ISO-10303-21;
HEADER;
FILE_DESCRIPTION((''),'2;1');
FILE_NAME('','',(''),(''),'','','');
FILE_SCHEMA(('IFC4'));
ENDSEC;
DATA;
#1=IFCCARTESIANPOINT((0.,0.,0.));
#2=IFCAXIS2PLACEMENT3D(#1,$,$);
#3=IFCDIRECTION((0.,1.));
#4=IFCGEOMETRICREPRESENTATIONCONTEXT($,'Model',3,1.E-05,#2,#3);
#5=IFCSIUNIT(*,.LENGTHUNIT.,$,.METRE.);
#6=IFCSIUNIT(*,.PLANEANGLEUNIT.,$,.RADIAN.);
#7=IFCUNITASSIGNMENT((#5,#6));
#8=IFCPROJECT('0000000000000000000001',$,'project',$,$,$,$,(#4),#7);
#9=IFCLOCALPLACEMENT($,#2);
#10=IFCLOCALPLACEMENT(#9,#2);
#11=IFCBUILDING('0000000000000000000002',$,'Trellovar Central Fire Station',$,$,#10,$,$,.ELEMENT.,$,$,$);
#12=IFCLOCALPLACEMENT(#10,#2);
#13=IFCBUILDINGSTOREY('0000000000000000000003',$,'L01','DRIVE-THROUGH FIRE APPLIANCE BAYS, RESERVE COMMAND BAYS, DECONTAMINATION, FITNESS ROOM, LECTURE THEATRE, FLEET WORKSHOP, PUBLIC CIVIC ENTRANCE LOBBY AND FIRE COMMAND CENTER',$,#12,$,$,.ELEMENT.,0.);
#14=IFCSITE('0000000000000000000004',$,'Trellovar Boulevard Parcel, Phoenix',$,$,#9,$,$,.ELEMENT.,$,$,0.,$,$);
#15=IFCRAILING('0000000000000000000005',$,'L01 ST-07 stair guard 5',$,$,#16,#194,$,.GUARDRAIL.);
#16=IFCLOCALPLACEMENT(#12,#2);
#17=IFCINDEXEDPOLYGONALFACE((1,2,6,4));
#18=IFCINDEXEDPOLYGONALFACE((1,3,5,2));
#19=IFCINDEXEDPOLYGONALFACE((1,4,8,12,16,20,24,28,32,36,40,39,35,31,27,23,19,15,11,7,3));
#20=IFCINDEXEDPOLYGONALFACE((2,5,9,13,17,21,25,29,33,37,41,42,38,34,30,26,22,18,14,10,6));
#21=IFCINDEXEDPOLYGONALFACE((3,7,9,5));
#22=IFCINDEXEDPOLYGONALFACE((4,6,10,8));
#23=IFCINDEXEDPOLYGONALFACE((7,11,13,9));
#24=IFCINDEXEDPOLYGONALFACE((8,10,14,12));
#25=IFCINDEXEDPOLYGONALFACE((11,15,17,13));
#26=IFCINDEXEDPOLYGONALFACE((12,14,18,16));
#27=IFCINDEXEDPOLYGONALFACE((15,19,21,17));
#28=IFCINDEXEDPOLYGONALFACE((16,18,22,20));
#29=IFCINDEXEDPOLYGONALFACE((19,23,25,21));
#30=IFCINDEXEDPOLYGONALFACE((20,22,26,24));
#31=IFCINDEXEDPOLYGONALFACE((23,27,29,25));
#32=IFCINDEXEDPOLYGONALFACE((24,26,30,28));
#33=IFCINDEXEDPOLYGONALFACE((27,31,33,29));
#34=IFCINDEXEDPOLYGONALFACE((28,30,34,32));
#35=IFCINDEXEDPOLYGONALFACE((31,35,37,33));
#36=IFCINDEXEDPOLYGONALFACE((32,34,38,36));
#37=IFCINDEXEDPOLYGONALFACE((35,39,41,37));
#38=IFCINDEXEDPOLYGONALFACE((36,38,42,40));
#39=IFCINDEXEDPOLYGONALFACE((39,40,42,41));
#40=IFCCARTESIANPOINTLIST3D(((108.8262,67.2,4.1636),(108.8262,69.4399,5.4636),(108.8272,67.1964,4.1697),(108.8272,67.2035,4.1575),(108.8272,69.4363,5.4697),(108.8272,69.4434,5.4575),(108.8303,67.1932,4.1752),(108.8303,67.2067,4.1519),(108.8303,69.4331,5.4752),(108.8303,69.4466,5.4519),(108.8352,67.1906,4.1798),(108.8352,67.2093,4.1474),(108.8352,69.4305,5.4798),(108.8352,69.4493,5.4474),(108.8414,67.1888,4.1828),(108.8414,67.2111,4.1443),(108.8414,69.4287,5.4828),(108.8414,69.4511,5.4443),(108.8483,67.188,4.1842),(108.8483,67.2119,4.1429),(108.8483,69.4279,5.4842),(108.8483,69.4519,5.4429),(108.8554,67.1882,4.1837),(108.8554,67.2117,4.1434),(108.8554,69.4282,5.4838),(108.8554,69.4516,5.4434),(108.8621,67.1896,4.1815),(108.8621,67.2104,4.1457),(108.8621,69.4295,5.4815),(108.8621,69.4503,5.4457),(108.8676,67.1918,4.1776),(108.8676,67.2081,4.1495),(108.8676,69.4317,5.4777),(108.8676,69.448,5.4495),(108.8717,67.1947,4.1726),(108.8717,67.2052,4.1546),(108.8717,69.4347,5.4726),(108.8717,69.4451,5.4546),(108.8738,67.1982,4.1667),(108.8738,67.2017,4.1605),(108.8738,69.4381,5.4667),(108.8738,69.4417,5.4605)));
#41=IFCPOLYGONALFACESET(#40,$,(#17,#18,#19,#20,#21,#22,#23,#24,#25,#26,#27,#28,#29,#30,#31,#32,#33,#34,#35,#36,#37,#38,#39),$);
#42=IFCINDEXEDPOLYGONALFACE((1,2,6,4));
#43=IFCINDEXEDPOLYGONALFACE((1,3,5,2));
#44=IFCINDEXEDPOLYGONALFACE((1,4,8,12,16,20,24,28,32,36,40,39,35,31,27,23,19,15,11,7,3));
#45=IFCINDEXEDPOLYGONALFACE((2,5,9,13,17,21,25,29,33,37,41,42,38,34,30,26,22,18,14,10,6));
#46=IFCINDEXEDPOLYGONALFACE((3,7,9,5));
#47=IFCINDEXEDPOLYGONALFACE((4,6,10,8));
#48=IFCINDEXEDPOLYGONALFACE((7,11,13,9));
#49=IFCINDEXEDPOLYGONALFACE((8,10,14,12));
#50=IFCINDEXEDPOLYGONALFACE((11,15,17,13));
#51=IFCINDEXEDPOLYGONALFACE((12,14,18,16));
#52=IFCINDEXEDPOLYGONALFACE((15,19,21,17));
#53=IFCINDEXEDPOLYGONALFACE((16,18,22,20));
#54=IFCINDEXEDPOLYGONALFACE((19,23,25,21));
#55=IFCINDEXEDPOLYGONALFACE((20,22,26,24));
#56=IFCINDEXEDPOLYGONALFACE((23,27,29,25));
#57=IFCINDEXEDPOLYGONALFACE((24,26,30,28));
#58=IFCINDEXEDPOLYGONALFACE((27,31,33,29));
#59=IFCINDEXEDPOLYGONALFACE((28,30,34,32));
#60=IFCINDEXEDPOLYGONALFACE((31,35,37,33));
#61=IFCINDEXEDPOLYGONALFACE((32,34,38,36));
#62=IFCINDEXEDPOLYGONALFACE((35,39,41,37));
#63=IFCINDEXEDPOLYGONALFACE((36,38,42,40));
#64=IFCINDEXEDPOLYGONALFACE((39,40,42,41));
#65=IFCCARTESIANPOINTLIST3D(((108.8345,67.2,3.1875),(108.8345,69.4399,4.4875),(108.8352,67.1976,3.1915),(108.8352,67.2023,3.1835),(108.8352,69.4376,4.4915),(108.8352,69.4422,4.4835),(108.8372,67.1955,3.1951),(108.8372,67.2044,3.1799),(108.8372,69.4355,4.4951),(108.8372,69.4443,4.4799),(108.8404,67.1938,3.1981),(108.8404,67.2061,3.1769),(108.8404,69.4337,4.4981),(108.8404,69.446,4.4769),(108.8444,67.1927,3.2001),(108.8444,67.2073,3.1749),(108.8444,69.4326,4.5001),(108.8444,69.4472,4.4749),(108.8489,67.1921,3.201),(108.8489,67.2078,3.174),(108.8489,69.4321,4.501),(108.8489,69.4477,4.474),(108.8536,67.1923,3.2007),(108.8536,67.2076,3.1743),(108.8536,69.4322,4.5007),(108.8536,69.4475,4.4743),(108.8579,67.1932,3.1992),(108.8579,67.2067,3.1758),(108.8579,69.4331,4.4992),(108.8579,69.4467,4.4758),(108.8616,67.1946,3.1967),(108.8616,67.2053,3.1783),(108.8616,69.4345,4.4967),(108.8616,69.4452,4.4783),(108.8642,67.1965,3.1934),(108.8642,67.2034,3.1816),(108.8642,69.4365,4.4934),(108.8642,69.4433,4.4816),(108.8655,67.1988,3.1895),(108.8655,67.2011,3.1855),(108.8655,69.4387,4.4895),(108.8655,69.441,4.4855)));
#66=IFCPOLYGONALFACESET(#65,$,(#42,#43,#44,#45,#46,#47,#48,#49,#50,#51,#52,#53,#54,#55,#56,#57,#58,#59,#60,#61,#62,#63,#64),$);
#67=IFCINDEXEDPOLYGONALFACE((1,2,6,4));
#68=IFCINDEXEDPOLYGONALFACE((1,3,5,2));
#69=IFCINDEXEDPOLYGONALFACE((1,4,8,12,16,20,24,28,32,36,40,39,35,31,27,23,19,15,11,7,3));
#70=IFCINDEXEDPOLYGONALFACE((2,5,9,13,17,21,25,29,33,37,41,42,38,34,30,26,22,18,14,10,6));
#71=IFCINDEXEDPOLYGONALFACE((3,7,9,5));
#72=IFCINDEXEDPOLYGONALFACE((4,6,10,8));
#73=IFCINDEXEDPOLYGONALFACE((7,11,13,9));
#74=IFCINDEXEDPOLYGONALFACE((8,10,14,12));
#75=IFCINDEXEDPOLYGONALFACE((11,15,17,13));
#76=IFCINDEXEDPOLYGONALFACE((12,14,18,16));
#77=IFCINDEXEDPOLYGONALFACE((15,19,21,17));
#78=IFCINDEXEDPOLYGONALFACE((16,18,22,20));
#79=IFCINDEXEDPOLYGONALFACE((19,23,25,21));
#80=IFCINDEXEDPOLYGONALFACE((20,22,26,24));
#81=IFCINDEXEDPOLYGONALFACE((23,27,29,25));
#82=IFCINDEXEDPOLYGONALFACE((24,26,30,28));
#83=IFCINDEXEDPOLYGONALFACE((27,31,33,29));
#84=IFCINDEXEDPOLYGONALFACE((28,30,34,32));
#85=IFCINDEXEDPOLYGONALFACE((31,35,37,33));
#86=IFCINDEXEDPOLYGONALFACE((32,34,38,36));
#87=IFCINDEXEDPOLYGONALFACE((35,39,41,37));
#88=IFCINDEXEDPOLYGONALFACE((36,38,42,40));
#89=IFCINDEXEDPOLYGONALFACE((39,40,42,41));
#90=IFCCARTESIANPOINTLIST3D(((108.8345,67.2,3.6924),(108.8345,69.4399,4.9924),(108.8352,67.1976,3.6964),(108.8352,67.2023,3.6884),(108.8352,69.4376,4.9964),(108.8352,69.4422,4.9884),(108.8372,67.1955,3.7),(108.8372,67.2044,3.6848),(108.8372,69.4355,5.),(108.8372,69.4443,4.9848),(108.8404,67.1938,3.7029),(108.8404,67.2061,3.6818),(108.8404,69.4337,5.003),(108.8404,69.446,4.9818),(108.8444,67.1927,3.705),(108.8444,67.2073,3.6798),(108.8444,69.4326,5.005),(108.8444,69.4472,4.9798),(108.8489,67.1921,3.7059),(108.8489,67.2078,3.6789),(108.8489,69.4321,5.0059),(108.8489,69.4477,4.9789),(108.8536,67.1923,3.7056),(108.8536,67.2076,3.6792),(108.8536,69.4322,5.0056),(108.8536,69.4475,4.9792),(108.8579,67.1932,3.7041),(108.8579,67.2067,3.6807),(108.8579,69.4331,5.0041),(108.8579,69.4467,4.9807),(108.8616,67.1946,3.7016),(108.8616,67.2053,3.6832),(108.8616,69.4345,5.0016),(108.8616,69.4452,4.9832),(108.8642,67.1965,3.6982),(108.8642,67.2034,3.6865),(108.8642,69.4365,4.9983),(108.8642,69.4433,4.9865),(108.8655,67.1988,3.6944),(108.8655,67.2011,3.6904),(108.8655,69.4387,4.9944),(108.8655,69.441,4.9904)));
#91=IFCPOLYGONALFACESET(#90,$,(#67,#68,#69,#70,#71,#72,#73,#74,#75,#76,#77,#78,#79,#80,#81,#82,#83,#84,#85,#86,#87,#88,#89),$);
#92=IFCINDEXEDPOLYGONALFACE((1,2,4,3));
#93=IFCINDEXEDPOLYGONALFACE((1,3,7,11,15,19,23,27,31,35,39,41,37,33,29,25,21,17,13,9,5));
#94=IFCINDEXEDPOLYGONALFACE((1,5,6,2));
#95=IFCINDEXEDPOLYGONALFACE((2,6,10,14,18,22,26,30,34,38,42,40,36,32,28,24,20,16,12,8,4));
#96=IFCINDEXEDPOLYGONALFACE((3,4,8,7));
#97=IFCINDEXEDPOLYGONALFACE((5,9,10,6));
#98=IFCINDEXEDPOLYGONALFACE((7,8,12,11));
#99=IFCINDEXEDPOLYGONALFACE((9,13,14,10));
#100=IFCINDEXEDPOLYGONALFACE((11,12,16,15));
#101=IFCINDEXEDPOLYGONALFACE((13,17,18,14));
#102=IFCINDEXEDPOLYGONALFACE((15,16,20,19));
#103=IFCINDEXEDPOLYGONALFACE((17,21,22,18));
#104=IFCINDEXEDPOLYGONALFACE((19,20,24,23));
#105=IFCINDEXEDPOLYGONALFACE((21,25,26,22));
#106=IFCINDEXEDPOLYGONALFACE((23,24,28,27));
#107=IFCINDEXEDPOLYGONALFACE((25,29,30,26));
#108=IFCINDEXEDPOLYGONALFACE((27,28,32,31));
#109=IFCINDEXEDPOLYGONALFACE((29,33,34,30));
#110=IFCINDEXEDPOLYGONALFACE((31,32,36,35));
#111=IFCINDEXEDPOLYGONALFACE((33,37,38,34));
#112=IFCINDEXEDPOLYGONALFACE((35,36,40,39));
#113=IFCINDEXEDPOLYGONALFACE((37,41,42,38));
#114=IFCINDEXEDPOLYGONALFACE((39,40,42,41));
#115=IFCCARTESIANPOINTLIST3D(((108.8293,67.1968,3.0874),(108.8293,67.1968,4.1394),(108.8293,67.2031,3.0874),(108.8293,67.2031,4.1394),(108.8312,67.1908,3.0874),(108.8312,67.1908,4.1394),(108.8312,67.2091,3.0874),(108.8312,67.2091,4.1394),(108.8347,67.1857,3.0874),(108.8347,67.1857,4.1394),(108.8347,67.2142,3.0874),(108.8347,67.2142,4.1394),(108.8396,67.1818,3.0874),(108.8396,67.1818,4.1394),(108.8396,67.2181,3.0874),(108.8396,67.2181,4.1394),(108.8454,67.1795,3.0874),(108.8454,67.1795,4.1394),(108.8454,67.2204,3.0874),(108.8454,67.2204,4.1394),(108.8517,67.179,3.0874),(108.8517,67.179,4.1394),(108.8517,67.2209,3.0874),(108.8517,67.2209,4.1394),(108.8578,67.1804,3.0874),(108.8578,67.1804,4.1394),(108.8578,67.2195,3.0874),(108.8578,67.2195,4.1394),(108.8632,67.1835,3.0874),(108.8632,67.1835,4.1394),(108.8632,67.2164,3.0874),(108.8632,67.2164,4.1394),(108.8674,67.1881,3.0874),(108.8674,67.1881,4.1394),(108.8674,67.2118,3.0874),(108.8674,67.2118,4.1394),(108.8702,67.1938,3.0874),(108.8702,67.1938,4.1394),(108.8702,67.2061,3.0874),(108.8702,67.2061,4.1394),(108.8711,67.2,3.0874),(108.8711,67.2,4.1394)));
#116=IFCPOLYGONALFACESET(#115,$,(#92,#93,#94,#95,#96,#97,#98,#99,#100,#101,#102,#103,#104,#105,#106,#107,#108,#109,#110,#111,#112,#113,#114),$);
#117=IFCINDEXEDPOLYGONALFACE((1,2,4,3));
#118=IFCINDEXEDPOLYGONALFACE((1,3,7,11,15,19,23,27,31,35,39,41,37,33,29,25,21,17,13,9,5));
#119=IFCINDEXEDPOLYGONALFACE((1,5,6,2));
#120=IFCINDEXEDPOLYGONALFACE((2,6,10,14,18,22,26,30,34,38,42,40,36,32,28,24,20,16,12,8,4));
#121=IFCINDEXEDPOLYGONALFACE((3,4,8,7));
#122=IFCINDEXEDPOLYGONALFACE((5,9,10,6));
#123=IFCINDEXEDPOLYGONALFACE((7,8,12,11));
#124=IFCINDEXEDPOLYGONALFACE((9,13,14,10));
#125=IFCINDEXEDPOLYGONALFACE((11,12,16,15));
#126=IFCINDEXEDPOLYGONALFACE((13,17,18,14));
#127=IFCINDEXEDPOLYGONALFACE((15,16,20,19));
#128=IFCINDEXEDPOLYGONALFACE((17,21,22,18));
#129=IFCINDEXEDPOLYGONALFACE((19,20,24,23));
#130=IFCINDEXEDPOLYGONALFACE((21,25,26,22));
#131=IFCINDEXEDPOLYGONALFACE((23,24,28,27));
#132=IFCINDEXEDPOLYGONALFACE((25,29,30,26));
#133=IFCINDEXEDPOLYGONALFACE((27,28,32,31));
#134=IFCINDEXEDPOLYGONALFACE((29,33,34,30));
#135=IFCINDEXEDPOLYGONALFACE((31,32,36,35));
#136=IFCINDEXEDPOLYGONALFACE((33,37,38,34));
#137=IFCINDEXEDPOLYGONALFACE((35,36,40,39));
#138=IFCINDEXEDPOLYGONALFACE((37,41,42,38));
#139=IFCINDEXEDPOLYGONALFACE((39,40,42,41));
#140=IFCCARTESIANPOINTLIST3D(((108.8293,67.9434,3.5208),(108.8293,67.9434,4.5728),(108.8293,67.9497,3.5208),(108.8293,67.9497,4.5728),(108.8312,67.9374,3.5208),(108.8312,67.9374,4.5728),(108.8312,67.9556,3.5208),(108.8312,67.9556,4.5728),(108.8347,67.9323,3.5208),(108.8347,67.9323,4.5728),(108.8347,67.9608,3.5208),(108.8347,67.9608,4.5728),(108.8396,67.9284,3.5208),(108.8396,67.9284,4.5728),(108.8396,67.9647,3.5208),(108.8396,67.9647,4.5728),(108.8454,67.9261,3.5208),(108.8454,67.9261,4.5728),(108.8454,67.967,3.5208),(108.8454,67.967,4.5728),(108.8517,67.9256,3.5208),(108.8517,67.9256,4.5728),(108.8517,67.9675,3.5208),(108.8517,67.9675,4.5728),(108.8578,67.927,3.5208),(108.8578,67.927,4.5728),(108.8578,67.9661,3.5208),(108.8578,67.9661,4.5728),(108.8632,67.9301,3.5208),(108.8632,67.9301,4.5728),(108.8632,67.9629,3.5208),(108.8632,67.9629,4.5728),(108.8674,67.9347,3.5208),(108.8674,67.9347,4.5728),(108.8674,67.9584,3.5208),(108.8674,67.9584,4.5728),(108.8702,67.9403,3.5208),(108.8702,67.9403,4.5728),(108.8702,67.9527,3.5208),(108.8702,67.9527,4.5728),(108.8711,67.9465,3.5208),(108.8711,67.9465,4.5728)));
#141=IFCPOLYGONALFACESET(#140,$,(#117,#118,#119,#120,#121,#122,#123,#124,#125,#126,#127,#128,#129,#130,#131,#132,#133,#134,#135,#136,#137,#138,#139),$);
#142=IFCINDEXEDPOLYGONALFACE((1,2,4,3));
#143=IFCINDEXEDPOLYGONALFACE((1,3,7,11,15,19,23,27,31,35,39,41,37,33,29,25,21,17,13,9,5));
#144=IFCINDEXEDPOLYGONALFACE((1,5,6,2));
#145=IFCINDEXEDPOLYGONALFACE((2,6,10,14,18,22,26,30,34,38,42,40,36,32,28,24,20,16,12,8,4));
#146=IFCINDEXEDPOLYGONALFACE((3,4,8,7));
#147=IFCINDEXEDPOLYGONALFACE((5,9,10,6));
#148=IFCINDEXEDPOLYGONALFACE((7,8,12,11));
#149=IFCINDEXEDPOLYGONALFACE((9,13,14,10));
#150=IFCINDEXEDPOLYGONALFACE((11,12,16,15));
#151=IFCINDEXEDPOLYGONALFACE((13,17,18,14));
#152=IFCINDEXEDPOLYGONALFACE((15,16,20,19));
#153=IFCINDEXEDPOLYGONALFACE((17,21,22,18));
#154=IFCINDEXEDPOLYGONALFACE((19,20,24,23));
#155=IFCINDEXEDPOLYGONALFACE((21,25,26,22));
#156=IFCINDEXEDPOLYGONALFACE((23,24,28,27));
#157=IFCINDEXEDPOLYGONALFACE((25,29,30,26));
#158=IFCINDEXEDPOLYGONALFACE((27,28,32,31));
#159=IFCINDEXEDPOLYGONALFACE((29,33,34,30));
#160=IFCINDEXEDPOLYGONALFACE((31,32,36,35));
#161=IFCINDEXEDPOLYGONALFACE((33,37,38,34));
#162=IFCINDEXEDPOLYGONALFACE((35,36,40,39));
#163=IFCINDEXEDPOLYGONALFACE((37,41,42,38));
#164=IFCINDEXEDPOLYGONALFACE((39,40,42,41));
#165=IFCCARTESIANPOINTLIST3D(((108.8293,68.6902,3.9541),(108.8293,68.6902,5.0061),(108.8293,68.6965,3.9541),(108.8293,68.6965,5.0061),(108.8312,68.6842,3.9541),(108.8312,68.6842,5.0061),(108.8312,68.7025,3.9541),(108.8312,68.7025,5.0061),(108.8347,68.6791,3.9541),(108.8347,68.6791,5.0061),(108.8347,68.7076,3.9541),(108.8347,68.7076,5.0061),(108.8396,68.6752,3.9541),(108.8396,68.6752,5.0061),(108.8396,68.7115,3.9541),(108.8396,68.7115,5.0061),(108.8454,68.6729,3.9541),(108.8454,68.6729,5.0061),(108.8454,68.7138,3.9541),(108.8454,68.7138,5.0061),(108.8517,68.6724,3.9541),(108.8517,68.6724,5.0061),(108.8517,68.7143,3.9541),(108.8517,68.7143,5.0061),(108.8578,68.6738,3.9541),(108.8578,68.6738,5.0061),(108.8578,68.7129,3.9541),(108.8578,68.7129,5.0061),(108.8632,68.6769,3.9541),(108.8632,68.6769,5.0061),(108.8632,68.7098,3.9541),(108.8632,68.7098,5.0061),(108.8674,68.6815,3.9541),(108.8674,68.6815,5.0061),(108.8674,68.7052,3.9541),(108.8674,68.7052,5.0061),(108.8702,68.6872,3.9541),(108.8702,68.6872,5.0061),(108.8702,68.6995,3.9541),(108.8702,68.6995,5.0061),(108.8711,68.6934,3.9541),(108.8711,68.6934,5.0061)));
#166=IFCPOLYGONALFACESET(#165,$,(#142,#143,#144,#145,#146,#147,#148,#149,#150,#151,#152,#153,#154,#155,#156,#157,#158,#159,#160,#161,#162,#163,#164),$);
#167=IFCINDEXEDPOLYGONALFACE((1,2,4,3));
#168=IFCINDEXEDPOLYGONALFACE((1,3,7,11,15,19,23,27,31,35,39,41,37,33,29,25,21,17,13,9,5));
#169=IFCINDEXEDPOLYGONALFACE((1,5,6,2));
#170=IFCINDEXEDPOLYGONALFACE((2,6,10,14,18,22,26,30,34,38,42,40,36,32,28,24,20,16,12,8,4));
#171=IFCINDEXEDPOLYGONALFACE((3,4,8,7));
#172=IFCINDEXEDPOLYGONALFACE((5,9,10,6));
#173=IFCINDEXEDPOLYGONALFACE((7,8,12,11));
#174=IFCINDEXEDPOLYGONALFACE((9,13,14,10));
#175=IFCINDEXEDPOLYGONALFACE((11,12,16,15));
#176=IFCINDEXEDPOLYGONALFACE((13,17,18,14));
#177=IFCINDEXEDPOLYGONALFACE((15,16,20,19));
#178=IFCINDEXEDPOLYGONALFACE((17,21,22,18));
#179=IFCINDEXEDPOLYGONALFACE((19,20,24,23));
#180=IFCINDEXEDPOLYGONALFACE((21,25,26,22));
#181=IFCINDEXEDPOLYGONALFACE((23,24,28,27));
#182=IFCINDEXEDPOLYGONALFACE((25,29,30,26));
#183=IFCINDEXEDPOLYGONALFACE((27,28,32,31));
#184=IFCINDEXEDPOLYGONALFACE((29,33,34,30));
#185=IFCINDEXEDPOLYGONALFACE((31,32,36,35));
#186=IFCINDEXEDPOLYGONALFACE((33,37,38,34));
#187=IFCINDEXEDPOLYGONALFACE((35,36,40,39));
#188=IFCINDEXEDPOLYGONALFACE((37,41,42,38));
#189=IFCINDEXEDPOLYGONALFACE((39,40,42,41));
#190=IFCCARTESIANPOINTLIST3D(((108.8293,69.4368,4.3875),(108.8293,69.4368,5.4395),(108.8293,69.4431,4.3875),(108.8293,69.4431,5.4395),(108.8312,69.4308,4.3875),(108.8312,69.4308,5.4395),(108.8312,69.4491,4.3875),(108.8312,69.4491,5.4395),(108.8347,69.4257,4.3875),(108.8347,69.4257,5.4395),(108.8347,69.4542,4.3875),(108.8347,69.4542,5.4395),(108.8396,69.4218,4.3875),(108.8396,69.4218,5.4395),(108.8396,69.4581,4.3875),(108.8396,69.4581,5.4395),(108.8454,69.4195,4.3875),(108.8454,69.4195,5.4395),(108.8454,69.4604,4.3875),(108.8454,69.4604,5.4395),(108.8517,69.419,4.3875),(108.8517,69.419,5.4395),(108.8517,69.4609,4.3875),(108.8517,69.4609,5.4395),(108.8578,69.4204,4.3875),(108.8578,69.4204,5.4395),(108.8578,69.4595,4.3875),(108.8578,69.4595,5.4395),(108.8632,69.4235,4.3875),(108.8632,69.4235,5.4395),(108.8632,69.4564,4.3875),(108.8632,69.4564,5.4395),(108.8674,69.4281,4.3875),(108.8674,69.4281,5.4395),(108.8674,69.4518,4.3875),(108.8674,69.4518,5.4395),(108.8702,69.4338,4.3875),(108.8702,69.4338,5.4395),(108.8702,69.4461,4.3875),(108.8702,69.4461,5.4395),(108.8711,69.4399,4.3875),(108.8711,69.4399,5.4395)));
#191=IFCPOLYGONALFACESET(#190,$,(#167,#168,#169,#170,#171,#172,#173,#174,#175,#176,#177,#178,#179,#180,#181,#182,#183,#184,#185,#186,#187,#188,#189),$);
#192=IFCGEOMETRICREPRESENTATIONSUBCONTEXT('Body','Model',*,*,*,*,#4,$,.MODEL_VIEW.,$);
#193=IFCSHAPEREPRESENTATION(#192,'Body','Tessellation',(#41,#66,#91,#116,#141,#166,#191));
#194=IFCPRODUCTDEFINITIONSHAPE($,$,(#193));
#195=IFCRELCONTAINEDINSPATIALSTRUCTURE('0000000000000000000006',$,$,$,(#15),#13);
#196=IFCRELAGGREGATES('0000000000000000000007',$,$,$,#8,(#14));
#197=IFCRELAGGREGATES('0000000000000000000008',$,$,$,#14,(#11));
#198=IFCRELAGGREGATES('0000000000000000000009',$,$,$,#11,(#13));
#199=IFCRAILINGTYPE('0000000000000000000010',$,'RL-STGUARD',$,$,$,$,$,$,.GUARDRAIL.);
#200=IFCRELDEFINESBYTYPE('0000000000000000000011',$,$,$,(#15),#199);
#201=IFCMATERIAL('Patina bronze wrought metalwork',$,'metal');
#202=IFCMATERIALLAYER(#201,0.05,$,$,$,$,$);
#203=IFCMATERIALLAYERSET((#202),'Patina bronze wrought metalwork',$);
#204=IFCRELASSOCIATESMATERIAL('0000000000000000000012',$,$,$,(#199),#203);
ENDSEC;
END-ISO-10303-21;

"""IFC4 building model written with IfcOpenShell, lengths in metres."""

from ifc_helpers import new_model, si_unit, direction, frame, origin, origin_2d, place, context, subcontext, project, spatial, circle, extrude, material, layer, layer_set, type_object, element, save


model = new_model("IFC4")

# Units and contexts
model_context = context("Model", 3, precision=1e-05, world=origin(), true_north=direction((0.0, 1.0)))
body_context = subcontext(model_context, "Body", "Model", "MODEL_VIEW")
ifc_project = project(units=[si_unit("LENGTHUNIT", "METRE"), si_unit("PLANEANGLEUNIT", "RADIAN")], contexts=[model_context])

# Site, building, storey
site_placement = place(None, origin())
site = spatial("IfcSite", under=ifc_project, at=site_placement, Name="Trellovar Boulevard Parcel, Phoenix", CompositionType="ELEMENT", RefElevation=0.0)
building_placement = place(site_placement, origin())
building = spatial("IfcBuilding", under=site, at=building_placement, Name="Trellovar Central Fire Station", CompositionType="ELEMENT")
storey_placement = place(building_placement, origin())
storey = spatial("IfcBuildingStorey", under=building, at=storey_placement, Name="L01", Description="DRIVE-THROUGH FIRE APPLIANCE BAYS, RESERVE COMMAND BAYS, DECONTAMINATION, FITNESS ROOM, LECTURE THEATRE, FLEET WORKSHOP, PUBLIC CIVIC ENTRANCE LOBBY AND FIRE COMMAND CENTER", CompositionType="ELEMENT", Elevation=0.0)

# Railing
ifc_material_1 = material(Name="Patina bronze wrought metalwork", Category="metal")
ifc_layer_1 = layer(ifc_material_1, 0.05)
ifc_layer_set_1 = layer_set([ifc_layer_1], Name="Patina bronze wrought metalwork")
railing_type_1 = type_object("IfcRailingType", Name="RL-STGUARD", PredefinedType="GUARDRAIL", material=ifc_layer_set_1)
railing_1_placement = place(storey_placement, frame((108.8501, 67.2, 3.0874)))
element("IfcRailing", 1, at=railing_1_placement, inside=storey, type_object=railing_type_1, Name="L01 ST-07 stair guard 5", PredefinedType="GUARDRAIL", context=body_context, shape_type="SweptSolid", body=[
    extrude(circle(Radius=0.0239, at=origin_2d()), frame((0.0, 0.0, 1.0762), z_axis=(0.0, 0.864888, 0.501965), x_axis=(-1.0, 0.0, 0.0)), (0.0, 0.0, 1.0), 2.5898),
    extrude(circle(Radius=0.0156, at=origin_2d()), frame((0.0, 0.0, 0.1001), z_axis=(0.0, 0.864888, 0.501965), x_axis=(-1.0, 0.0, 0.0)), (0.0, 0.0, 1.0), 2.5898),
    extrude(circle(Radius=0.0156, at=origin_2d()), frame((0.0, 0.0, 0.605), z_axis=(0.0, 0.864888, 0.501965), x_axis=(-1.0, 0.0, 0.0)), (0.0, 0.0, 1.0), 2.5898),
    extrude(circle(Radius=0.021, at=origin_2d()), origin(), (0.0, 0.0, 1.0), 1.052),
    extrude(circle(Radius=0.021, at=origin_2d()), frame((0.0, 0.7466, 0.4333)), (0.0, 0.0, 1.0), 1.052),
    extrude(circle(Radius=0.021, at=origin_2d()), frame((0.0, 1.4934, 0.8667)), (0.0, 0.0, 1.0), 1.052),
    extrude(circle(Radius=0.021, at=origin_2d()), frame((0.0, 2.24, 1.3)), (0.0, 0.0, 1.0), 1.052),
])

save(model, "model.ifc")
